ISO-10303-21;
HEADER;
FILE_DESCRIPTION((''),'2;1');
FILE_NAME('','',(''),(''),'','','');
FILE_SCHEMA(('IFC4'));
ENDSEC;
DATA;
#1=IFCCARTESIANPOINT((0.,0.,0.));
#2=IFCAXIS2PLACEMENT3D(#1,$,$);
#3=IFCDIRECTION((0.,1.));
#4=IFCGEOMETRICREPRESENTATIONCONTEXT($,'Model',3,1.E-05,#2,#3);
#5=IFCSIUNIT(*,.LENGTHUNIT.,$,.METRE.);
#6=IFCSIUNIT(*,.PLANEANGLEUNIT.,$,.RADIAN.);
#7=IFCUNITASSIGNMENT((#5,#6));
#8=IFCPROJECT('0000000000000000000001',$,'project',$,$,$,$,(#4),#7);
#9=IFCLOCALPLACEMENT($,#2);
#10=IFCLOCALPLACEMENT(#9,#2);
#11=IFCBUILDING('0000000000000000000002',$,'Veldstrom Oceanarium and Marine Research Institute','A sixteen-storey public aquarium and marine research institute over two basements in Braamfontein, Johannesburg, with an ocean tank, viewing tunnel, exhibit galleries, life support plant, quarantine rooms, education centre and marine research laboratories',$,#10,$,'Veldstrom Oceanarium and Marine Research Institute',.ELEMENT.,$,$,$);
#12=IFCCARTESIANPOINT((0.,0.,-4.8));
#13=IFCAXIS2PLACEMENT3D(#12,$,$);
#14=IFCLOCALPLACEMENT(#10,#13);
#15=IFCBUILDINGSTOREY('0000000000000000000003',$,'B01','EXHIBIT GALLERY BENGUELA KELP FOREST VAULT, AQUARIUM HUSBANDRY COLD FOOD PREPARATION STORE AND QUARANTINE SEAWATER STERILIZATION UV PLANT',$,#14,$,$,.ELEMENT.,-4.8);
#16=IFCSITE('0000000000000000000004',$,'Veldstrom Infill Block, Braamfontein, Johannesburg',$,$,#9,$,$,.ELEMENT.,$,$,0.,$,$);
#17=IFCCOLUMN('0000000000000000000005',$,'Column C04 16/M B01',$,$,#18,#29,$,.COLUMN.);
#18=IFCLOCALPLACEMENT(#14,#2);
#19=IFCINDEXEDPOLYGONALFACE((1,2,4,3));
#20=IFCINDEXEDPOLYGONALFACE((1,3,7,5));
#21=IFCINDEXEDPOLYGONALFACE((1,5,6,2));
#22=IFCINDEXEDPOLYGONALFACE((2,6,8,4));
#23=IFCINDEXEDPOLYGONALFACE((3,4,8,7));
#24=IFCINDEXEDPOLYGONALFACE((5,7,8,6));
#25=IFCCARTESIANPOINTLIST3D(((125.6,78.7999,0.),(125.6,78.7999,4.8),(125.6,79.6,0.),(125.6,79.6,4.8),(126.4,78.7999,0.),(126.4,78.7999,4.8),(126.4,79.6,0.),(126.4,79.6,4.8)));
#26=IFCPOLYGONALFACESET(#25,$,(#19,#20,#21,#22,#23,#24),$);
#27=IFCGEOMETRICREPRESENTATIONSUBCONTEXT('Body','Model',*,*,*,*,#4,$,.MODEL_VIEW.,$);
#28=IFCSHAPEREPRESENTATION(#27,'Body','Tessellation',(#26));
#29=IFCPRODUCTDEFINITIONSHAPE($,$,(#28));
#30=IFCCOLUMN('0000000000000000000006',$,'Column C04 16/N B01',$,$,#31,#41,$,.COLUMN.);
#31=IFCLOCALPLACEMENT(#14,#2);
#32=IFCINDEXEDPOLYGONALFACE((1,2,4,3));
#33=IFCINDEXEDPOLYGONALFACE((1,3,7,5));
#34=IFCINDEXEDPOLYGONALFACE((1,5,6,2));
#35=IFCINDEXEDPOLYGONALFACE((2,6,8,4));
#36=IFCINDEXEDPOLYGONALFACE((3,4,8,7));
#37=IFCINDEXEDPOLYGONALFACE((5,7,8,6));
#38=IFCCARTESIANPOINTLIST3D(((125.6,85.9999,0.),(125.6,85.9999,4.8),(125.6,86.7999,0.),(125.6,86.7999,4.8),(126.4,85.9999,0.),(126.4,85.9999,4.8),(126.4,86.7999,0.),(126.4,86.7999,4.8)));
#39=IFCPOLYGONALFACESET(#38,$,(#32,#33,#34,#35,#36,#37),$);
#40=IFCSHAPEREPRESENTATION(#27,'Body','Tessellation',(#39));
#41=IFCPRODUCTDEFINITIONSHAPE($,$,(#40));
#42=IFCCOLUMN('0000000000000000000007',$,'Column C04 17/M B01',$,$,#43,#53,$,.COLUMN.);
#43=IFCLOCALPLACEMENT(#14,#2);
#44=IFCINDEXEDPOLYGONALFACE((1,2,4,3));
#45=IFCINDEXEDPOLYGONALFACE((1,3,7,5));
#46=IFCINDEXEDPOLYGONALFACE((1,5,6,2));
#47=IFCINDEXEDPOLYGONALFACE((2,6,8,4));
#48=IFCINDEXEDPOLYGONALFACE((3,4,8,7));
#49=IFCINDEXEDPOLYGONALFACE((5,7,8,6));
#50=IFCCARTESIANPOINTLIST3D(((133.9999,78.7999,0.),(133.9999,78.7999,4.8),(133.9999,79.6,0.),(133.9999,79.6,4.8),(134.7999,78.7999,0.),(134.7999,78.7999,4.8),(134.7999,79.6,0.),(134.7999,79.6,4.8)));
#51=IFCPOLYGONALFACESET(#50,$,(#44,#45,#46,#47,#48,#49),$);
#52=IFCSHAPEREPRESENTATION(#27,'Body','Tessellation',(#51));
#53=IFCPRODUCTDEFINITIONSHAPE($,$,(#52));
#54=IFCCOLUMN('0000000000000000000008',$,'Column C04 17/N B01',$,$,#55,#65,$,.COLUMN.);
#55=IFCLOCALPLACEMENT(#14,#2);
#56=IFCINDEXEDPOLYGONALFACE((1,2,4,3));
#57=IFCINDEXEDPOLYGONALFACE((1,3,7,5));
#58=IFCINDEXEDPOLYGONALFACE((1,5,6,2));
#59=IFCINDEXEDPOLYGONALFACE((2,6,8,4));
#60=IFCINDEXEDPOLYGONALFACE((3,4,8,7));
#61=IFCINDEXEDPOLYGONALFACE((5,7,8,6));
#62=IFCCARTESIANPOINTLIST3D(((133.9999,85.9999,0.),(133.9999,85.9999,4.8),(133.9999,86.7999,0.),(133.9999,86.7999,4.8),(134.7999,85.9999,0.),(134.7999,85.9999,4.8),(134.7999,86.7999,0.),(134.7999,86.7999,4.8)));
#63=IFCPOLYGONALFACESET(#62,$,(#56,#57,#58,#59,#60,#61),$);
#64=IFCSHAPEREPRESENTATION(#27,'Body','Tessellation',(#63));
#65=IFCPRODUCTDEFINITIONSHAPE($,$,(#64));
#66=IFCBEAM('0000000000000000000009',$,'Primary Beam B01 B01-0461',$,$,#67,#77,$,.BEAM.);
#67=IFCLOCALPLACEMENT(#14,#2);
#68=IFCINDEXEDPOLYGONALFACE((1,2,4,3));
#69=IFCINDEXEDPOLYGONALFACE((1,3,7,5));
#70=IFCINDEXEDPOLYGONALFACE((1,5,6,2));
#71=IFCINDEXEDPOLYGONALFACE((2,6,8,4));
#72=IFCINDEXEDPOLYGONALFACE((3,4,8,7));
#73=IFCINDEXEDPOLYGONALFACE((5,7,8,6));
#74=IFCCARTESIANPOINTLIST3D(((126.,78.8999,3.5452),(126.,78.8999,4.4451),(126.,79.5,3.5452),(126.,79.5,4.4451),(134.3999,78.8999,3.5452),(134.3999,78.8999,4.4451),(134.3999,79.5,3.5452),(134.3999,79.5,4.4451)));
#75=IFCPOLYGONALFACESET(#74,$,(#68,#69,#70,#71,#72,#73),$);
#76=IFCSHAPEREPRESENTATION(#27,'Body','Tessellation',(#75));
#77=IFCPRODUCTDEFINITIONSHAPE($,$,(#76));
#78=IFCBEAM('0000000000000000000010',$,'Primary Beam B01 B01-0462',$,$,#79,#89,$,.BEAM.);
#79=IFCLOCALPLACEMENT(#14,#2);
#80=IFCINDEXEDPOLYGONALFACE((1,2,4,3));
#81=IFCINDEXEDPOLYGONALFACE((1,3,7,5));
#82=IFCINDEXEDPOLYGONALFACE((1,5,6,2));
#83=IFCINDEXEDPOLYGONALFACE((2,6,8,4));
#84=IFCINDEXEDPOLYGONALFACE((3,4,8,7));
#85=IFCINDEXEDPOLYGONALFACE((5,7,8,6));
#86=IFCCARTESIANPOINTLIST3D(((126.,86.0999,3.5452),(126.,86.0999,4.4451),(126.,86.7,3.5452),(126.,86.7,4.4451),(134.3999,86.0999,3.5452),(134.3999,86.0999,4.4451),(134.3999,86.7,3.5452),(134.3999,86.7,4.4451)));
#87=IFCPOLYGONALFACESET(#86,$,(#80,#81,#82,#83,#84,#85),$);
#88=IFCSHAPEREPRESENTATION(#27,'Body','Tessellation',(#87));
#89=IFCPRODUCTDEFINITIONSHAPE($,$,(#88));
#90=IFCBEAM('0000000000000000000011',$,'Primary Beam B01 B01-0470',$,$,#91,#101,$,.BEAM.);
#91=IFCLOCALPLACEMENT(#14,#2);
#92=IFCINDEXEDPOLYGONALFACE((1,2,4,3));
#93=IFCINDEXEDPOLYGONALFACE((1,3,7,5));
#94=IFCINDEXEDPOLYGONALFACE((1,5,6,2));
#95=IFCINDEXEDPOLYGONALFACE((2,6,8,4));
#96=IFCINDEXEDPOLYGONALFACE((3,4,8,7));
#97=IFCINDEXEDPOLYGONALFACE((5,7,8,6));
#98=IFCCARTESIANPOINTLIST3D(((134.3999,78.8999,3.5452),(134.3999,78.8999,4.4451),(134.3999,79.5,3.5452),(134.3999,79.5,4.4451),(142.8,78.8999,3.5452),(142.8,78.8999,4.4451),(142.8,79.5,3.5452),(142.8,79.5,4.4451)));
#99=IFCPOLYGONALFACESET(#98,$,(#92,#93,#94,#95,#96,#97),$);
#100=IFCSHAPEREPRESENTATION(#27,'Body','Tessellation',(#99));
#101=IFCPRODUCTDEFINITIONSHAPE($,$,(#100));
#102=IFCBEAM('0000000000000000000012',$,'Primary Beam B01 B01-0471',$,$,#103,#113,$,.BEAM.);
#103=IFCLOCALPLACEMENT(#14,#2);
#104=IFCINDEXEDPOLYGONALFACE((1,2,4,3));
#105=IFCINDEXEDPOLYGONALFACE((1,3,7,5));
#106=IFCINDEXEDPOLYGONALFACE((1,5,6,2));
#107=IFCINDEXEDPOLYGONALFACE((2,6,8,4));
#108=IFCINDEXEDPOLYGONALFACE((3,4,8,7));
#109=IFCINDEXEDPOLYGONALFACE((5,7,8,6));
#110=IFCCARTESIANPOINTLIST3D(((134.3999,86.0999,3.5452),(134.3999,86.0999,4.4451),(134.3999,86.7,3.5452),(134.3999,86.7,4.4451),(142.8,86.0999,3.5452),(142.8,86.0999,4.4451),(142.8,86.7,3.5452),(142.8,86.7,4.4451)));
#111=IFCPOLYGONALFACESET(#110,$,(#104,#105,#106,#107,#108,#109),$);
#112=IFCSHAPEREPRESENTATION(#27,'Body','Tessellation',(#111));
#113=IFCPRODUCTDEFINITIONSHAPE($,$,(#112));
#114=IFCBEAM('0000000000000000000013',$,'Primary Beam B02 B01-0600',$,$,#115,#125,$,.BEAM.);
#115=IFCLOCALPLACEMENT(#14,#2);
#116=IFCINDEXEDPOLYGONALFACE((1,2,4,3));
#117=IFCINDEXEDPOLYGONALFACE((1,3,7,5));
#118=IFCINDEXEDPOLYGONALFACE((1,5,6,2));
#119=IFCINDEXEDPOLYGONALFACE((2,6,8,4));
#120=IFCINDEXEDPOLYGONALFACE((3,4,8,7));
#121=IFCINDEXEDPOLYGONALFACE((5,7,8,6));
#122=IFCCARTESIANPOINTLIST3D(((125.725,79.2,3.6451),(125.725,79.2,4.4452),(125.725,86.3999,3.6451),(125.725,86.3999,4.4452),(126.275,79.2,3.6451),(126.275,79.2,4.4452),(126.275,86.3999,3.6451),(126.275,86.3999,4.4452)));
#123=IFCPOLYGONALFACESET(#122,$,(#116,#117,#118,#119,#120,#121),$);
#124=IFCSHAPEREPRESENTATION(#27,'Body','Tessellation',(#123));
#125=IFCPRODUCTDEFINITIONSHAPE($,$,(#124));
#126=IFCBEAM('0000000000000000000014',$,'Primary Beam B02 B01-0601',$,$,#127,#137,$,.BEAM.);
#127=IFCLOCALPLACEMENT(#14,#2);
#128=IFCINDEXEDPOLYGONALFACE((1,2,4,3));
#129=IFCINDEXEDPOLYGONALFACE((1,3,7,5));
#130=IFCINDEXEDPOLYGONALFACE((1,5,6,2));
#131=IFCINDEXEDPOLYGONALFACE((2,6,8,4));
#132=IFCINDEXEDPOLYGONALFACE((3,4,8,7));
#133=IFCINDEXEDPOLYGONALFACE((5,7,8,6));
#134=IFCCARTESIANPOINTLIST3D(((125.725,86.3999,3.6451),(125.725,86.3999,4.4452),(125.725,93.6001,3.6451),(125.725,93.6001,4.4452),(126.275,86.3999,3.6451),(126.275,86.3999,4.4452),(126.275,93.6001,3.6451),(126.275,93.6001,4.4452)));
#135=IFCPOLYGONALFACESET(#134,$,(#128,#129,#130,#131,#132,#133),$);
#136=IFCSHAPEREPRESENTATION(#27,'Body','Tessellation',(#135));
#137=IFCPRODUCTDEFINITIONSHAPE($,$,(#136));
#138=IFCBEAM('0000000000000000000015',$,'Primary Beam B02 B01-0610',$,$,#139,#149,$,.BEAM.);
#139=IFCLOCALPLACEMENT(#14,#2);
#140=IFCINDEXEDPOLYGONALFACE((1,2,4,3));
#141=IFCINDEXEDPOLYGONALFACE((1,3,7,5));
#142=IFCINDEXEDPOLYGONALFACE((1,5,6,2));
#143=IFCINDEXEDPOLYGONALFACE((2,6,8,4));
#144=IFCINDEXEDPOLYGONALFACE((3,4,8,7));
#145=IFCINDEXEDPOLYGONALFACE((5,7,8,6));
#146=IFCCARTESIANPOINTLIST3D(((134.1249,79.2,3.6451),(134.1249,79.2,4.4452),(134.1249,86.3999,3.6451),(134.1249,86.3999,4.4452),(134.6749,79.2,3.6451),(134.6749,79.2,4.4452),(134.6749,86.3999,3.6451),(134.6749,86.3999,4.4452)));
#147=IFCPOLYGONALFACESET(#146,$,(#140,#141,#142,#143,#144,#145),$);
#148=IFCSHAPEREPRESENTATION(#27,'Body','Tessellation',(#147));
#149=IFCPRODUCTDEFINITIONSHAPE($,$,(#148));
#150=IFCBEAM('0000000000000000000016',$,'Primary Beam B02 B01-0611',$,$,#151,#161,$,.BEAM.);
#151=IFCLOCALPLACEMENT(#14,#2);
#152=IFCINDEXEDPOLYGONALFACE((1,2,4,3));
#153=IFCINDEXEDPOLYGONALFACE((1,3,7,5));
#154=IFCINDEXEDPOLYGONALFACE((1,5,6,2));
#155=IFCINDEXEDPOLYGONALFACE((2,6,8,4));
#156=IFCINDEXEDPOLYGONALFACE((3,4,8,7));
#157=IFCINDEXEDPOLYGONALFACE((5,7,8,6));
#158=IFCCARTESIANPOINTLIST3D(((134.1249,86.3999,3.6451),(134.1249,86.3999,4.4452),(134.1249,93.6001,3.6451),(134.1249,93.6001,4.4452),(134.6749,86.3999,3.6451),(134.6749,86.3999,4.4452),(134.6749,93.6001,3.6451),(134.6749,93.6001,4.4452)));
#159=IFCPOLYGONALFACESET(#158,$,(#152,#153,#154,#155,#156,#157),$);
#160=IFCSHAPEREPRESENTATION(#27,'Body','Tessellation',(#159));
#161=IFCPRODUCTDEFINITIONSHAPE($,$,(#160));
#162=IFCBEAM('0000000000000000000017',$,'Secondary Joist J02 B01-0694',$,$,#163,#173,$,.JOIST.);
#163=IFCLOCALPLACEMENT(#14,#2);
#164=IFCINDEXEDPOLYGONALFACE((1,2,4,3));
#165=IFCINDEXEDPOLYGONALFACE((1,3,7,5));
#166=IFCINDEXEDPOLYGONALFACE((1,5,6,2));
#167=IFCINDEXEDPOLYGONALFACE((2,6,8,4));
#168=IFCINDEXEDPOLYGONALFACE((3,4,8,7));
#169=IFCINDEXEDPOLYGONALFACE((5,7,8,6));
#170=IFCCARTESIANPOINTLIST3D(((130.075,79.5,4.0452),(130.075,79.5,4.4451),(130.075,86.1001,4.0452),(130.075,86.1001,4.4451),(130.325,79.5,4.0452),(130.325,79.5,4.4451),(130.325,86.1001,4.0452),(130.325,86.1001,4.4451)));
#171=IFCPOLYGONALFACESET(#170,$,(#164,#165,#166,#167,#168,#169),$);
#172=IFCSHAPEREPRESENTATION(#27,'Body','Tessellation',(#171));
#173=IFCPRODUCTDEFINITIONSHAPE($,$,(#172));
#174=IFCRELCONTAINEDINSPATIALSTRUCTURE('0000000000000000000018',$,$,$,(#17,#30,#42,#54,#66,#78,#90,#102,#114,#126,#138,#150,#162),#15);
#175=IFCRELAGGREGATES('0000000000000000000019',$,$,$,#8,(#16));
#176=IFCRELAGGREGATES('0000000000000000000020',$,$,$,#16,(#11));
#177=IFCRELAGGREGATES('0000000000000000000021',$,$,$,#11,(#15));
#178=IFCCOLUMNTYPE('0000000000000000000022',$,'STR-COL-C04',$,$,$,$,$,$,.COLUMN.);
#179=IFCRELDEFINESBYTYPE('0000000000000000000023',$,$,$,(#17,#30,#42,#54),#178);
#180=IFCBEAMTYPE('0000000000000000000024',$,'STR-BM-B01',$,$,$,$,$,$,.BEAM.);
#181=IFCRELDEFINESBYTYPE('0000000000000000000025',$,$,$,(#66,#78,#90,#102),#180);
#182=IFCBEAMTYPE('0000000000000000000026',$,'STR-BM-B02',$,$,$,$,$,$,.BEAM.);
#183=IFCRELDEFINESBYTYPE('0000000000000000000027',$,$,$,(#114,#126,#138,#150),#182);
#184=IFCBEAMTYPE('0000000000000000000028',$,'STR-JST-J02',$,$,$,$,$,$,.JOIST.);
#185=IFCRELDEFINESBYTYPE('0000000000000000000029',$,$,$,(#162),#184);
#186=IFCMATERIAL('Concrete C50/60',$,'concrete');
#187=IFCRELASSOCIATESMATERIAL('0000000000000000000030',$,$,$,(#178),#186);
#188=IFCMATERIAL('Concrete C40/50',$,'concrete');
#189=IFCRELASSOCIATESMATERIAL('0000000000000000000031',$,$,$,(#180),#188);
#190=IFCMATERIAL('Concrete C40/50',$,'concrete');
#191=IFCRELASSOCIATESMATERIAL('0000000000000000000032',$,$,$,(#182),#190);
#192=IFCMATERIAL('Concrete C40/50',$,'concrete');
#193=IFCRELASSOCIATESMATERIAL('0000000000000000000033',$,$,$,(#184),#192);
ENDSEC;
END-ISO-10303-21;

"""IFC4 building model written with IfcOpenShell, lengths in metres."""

from ifc_helpers import new_model, si_unit, direction, frame, origin, origin_2d, place, context, subcontext, project, spatial, rectangle, extrude, material, material_profile, profile_set, type_object, element, save


model = new_model("IFC4")

# Units and contexts
model_context = context("Model", 3, precision=1e-05, world=origin(), true_north=direction((0.0, 1.0)))
body_context = subcontext(model_context, "Body", "Model", "MODEL_VIEW")
ifc_project = project(units=[si_unit("LENGTHUNIT", "METRE"), si_unit("PLANEANGLEUNIT", "RADIAN")], contexts=[model_context])

# Site, building, storey
site_placement = place(None, origin())
site = spatial("IfcSite", under=ifc_project, at=site_placement, Name="Veldstrom Infill Block, Braamfontein, Johannesburg", CompositionType="ELEMENT", RefElevation=0.0)
building_placement = place(site_placement, origin())
building = spatial("IfcBuilding", under=site, at=building_placement, Name="Veldstrom Oceanarium and Marine Research Institute", Description="A sixteen-storey public aquarium and marine research institute over two basements in Braamfontein, Johannesburg, with an ocean tank, viewing tunnel, exhibit galleries, life support plant, quarantine rooms, education centre and marine research laboratories", LongName="Veldstrom Oceanarium and Marine Research Institute", CompositionType="ELEMENT")
storey_placement = place(building_placement, frame((0.0, 0.0, -4.8)))
storey = spatial("IfcBuildingStorey", under=building, at=storey_placement, Name="B01", Description="EXHIBIT GALLERY BENGUELA KELP FOREST VAULT, AQUARIUM HUSBANDRY COLD FOOD PREPARATION STORE AND QUARANTINE SEAWATER STERILIZATION UV PLANT", CompositionType="ELEMENT", Elevation=-4.8)

# Columns
ifc_material_1 = material(Name="Concrete C50/60", Category="concrete")
ifc_material_profile_1 = material_profile(ifc_material_1, rectangle(XDim=0.8, YDim=0.8, at=origin_2d()), Name="RC-COL-800x800")
ifc_profile_set_1 = profile_set([ifc_material_profile_1], Name="Concrete C50/60")
column_type = type_object("IfcColumnType", Name="STR-COL-C04", PredefinedType="COLUMN", material=ifc_profile_set_1)
for number, where, z_axis, x_axis, name in (
    (1, (126.0, 79.2, 0.0), (0.0, 0.0, 1.0), (1.0, 0.0, 0.0), "Column C04 16/M B01"),
    (2, (126.0, 86.3999, 0.0), (0.0, 0.0, 1.0), (1.0, 0.0, 0.0), "Column C04 16/N B01"),
    (3, (134.3999, 79.2, 0.0), (0.0, 0.0, 1.0), (1.0, 0.0, 0.0), "Column C04 17/M B01"),
    (4, (134.3999, 86.3999, 0.0), (0.0, 0.0, 1.0), (1.0, 0.0, 0.0), "Column C04 17/N B01"),
):
    element("IfcColumn", number, at=place(storey_placement, frame(where, z_axis=z_axis, x_axis=x_axis)), inside=storey, type_object=column_type, Name=name, PredefinedType="COLUMN", context=body_context, shape_type="SweptSolid", body=[
        extrude(rectangle(XDim=0.8, YDim=0.8, at=origin_2d()), origin(), (0.0, 0.0, 1.0), 4.8),
    ])

# Beams
ifc_material_2 = material(Name="Concrete C40/50", Category="concrete")
ifc_material_profile_2 = material_profile(ifc_material_2, rectangle(XDim=0.6001, YDim=0.8999, at=origin_2d()), Name="RC-BM-600x900")
ifc_profile_set_2 = profile_set([ifc_material_profile_2], Name="Concrete C40/50")
beam_type_1 = type_object("IfcBeamType", Name="STR-BM-B01", PredefinedType="BEAM", material=ifc_profile_set_2)
for number, where, z_axis, x_axis, name in (
    (5, (126.0, 79.2, 3.9951), (1.0, 0.0, 0.0), (0.0, 1.0, 0.0), "Primary Beam B01 B01-0461"),
    (6, (126.0, 86.3999, 3.9951), (1.0, 0.0, 0.0), (0.0, 1.0, 0.0), "Primary Beam B01 B01-0462"),
):
    element("IfcBeam", number, at=place(storey_placement, frame(where, z_axis=z_axis, x_axis=x_axis)), inside=storey, type_object=beam_type_1, Name=name, PredefinedType="BEAM", context=body_context, shape_type="SweptSolid", body=[
        extrude(rectangle(XDim=0.6001, YDim=0.8999, at=origin_2d()), origin(), (0.0, 0.0, 1.0), 8.3999),
    ])
for number, where, z_axis, x_axis, name in (
    (7, (134.3999, 79.2, 3.9951), (1.0, 0.0, 0.0), (0.0, 1.0, 0.0), "Primary Beam B01 B01-0470"),
    (8, (134.3999, 86.3999, 3.9951), (1.0, 0.0, 0.0), (0.0, 1.0, 0.0), "Primary Beam B01 B01-0471"),
):
    element("IfcBeam", number, at=place(storey_placement, frame(where, z_axis=z_axis, x_axis=x_axis)), inside=storey, type_object=beam_type_1, Name=name, PredefinedType="BEAM", context=body_context, shape_type="SweptSolid", body=[
        extrude(rectangle(XDim=0.6001, YDim=0.8999, at=origin_2d()), origin(), (0.0, 0.0, 1.0), 8.4001),
    ])
ifc_material_3 = material(Name="Concrete C40/50", Category="concrete")
ifc_material_profile_3 = material_profile(ifc_material_3, rectangle(XDim=0.55, YDim=0.8, at=origin_2d()), Name="RC-BM-550x800")
ifc_profile_set_3 = profile_set([ifc_material_profile_3], Name="Concrete C40/50")
beam_type_2 = type_object("IfcBeamType", Name="STR-BM-B02", PredefinedType="BEAM", material=ifc_profile_set_3)
beam_1_placement = place(storey_placement, frame((126.0, 79.2, 4.0452), z_axis=(0.0, 1.0, 0.0), x_axis=(-1.0, 0.0, 0.0)))
element("IfcBeam", 9, at=beam_1_placement, inside=storey, type_object=beam_type_2, Name="Primary Beam B02 B01-0600", PredefinedType="BEAM", context=body_context, shape_type="SweptSolid", body=[
    extrude(rectangle(XDim=0.55, YDim=0.8, at=origin_2d()), origin(), (0.0, 0.0, 1.0), 7.2),
])
beam_2_placement = place(storey_placement, frame((126.0, 86.3999, 4.0452), z_axis=(0.0, 1.0, 0.0), x_axis=(-1.0, 0.0, 0.0)))
element("IfcBeam", 10, at=beam_2_placement, inside=storey, type_object=beam_type_2, Name="Primary Beam B02 B01-0601", PredefinedType="BEAM", context=body_context, shape_type="SweptSolid", body=[
    extrude(rectangle(XDim=0.55, YDim=0.8, at=origin_2d()), origin(), (0.0, 0.0, 1.0), 7.2002),
])
beam_3_placement = place(storey_placement, frame((134.3999, 79.2, 4.0452), z_axis=(0.0, 1.0, 0.0), x_axis=(-1.0, 0.0, 0.0)))
element("IfcBeam", 11, at=beam_3_placement, inside=storey, type_object=beam_type_2, Name="Primary Beam B02 B01-0610", PredefinedType="BEAM", context=body_context, shape_type="SweptSolid", body=[
    extrude(rectangle(XDim=0.55, YDim=0.8, at=origin_2d()), origin(), (0.0, 0.0, 1.0), 7.2),
])
beam_4_placement = place(storey_placement, frame((134.3999, 86.3999, 4.0452), z_axis=(0.0, 1.0, 0.0), x_axis=(-1.0, 0.0, 0.0)))
element("IfcBeam", 12, at=beam_4_placement, inside=storey, type_object=beam_type_2, Name="Primary Beam B02 B01-0611", PredefinedType="BEAM", context=body_context, shape_type="SweptSolid", body=[
    extrude(rectangle(XDim=0.55, YDim=0.8, at=origin_2d()), origin(), (0.0, 0.0, 1.0), 7.2002),
])
ifc_material_4 = material(Name="Concrete C40/50", Category="concrete")
ifc_material_profile_4 = material_profile(ifc_material_4, rectangle(XDim=0.25, YDim=0.3999, at=origin_2d()), Name="RC-JST-250x400")
ifc_profile_set_4 = profile_set([ifc_material_profile_4], Name="Concrete C40/50")
beam_type_3 = type_object("IfcBeamType", Name="STR-JST-J02", PredefinedType="JOIST", material=ifc_profile_set_4)
beam_5_placement = place(storey_placement, frame((130.2, 79.5, 4.2451), z_axis=(0.0, 1.0, 0.0), x_axis=(-1.0, 0.0, 0.0)))
element("IfcBeam", 13, at=beam_5_placement, inside=storey, type_object=beam_type_3, Name="Secondary Joist J02 B01-0694", PredefinedType="JOIST", context=body_context, shape_type="SweptSolid", body=[
    extrude(rectangle(XDim=0.25, YDim=0.3999, at=origin_2d()), origin(), (0.0, 0.0, 1.0), 6.6001),
])

save(model, "model.ifc")
